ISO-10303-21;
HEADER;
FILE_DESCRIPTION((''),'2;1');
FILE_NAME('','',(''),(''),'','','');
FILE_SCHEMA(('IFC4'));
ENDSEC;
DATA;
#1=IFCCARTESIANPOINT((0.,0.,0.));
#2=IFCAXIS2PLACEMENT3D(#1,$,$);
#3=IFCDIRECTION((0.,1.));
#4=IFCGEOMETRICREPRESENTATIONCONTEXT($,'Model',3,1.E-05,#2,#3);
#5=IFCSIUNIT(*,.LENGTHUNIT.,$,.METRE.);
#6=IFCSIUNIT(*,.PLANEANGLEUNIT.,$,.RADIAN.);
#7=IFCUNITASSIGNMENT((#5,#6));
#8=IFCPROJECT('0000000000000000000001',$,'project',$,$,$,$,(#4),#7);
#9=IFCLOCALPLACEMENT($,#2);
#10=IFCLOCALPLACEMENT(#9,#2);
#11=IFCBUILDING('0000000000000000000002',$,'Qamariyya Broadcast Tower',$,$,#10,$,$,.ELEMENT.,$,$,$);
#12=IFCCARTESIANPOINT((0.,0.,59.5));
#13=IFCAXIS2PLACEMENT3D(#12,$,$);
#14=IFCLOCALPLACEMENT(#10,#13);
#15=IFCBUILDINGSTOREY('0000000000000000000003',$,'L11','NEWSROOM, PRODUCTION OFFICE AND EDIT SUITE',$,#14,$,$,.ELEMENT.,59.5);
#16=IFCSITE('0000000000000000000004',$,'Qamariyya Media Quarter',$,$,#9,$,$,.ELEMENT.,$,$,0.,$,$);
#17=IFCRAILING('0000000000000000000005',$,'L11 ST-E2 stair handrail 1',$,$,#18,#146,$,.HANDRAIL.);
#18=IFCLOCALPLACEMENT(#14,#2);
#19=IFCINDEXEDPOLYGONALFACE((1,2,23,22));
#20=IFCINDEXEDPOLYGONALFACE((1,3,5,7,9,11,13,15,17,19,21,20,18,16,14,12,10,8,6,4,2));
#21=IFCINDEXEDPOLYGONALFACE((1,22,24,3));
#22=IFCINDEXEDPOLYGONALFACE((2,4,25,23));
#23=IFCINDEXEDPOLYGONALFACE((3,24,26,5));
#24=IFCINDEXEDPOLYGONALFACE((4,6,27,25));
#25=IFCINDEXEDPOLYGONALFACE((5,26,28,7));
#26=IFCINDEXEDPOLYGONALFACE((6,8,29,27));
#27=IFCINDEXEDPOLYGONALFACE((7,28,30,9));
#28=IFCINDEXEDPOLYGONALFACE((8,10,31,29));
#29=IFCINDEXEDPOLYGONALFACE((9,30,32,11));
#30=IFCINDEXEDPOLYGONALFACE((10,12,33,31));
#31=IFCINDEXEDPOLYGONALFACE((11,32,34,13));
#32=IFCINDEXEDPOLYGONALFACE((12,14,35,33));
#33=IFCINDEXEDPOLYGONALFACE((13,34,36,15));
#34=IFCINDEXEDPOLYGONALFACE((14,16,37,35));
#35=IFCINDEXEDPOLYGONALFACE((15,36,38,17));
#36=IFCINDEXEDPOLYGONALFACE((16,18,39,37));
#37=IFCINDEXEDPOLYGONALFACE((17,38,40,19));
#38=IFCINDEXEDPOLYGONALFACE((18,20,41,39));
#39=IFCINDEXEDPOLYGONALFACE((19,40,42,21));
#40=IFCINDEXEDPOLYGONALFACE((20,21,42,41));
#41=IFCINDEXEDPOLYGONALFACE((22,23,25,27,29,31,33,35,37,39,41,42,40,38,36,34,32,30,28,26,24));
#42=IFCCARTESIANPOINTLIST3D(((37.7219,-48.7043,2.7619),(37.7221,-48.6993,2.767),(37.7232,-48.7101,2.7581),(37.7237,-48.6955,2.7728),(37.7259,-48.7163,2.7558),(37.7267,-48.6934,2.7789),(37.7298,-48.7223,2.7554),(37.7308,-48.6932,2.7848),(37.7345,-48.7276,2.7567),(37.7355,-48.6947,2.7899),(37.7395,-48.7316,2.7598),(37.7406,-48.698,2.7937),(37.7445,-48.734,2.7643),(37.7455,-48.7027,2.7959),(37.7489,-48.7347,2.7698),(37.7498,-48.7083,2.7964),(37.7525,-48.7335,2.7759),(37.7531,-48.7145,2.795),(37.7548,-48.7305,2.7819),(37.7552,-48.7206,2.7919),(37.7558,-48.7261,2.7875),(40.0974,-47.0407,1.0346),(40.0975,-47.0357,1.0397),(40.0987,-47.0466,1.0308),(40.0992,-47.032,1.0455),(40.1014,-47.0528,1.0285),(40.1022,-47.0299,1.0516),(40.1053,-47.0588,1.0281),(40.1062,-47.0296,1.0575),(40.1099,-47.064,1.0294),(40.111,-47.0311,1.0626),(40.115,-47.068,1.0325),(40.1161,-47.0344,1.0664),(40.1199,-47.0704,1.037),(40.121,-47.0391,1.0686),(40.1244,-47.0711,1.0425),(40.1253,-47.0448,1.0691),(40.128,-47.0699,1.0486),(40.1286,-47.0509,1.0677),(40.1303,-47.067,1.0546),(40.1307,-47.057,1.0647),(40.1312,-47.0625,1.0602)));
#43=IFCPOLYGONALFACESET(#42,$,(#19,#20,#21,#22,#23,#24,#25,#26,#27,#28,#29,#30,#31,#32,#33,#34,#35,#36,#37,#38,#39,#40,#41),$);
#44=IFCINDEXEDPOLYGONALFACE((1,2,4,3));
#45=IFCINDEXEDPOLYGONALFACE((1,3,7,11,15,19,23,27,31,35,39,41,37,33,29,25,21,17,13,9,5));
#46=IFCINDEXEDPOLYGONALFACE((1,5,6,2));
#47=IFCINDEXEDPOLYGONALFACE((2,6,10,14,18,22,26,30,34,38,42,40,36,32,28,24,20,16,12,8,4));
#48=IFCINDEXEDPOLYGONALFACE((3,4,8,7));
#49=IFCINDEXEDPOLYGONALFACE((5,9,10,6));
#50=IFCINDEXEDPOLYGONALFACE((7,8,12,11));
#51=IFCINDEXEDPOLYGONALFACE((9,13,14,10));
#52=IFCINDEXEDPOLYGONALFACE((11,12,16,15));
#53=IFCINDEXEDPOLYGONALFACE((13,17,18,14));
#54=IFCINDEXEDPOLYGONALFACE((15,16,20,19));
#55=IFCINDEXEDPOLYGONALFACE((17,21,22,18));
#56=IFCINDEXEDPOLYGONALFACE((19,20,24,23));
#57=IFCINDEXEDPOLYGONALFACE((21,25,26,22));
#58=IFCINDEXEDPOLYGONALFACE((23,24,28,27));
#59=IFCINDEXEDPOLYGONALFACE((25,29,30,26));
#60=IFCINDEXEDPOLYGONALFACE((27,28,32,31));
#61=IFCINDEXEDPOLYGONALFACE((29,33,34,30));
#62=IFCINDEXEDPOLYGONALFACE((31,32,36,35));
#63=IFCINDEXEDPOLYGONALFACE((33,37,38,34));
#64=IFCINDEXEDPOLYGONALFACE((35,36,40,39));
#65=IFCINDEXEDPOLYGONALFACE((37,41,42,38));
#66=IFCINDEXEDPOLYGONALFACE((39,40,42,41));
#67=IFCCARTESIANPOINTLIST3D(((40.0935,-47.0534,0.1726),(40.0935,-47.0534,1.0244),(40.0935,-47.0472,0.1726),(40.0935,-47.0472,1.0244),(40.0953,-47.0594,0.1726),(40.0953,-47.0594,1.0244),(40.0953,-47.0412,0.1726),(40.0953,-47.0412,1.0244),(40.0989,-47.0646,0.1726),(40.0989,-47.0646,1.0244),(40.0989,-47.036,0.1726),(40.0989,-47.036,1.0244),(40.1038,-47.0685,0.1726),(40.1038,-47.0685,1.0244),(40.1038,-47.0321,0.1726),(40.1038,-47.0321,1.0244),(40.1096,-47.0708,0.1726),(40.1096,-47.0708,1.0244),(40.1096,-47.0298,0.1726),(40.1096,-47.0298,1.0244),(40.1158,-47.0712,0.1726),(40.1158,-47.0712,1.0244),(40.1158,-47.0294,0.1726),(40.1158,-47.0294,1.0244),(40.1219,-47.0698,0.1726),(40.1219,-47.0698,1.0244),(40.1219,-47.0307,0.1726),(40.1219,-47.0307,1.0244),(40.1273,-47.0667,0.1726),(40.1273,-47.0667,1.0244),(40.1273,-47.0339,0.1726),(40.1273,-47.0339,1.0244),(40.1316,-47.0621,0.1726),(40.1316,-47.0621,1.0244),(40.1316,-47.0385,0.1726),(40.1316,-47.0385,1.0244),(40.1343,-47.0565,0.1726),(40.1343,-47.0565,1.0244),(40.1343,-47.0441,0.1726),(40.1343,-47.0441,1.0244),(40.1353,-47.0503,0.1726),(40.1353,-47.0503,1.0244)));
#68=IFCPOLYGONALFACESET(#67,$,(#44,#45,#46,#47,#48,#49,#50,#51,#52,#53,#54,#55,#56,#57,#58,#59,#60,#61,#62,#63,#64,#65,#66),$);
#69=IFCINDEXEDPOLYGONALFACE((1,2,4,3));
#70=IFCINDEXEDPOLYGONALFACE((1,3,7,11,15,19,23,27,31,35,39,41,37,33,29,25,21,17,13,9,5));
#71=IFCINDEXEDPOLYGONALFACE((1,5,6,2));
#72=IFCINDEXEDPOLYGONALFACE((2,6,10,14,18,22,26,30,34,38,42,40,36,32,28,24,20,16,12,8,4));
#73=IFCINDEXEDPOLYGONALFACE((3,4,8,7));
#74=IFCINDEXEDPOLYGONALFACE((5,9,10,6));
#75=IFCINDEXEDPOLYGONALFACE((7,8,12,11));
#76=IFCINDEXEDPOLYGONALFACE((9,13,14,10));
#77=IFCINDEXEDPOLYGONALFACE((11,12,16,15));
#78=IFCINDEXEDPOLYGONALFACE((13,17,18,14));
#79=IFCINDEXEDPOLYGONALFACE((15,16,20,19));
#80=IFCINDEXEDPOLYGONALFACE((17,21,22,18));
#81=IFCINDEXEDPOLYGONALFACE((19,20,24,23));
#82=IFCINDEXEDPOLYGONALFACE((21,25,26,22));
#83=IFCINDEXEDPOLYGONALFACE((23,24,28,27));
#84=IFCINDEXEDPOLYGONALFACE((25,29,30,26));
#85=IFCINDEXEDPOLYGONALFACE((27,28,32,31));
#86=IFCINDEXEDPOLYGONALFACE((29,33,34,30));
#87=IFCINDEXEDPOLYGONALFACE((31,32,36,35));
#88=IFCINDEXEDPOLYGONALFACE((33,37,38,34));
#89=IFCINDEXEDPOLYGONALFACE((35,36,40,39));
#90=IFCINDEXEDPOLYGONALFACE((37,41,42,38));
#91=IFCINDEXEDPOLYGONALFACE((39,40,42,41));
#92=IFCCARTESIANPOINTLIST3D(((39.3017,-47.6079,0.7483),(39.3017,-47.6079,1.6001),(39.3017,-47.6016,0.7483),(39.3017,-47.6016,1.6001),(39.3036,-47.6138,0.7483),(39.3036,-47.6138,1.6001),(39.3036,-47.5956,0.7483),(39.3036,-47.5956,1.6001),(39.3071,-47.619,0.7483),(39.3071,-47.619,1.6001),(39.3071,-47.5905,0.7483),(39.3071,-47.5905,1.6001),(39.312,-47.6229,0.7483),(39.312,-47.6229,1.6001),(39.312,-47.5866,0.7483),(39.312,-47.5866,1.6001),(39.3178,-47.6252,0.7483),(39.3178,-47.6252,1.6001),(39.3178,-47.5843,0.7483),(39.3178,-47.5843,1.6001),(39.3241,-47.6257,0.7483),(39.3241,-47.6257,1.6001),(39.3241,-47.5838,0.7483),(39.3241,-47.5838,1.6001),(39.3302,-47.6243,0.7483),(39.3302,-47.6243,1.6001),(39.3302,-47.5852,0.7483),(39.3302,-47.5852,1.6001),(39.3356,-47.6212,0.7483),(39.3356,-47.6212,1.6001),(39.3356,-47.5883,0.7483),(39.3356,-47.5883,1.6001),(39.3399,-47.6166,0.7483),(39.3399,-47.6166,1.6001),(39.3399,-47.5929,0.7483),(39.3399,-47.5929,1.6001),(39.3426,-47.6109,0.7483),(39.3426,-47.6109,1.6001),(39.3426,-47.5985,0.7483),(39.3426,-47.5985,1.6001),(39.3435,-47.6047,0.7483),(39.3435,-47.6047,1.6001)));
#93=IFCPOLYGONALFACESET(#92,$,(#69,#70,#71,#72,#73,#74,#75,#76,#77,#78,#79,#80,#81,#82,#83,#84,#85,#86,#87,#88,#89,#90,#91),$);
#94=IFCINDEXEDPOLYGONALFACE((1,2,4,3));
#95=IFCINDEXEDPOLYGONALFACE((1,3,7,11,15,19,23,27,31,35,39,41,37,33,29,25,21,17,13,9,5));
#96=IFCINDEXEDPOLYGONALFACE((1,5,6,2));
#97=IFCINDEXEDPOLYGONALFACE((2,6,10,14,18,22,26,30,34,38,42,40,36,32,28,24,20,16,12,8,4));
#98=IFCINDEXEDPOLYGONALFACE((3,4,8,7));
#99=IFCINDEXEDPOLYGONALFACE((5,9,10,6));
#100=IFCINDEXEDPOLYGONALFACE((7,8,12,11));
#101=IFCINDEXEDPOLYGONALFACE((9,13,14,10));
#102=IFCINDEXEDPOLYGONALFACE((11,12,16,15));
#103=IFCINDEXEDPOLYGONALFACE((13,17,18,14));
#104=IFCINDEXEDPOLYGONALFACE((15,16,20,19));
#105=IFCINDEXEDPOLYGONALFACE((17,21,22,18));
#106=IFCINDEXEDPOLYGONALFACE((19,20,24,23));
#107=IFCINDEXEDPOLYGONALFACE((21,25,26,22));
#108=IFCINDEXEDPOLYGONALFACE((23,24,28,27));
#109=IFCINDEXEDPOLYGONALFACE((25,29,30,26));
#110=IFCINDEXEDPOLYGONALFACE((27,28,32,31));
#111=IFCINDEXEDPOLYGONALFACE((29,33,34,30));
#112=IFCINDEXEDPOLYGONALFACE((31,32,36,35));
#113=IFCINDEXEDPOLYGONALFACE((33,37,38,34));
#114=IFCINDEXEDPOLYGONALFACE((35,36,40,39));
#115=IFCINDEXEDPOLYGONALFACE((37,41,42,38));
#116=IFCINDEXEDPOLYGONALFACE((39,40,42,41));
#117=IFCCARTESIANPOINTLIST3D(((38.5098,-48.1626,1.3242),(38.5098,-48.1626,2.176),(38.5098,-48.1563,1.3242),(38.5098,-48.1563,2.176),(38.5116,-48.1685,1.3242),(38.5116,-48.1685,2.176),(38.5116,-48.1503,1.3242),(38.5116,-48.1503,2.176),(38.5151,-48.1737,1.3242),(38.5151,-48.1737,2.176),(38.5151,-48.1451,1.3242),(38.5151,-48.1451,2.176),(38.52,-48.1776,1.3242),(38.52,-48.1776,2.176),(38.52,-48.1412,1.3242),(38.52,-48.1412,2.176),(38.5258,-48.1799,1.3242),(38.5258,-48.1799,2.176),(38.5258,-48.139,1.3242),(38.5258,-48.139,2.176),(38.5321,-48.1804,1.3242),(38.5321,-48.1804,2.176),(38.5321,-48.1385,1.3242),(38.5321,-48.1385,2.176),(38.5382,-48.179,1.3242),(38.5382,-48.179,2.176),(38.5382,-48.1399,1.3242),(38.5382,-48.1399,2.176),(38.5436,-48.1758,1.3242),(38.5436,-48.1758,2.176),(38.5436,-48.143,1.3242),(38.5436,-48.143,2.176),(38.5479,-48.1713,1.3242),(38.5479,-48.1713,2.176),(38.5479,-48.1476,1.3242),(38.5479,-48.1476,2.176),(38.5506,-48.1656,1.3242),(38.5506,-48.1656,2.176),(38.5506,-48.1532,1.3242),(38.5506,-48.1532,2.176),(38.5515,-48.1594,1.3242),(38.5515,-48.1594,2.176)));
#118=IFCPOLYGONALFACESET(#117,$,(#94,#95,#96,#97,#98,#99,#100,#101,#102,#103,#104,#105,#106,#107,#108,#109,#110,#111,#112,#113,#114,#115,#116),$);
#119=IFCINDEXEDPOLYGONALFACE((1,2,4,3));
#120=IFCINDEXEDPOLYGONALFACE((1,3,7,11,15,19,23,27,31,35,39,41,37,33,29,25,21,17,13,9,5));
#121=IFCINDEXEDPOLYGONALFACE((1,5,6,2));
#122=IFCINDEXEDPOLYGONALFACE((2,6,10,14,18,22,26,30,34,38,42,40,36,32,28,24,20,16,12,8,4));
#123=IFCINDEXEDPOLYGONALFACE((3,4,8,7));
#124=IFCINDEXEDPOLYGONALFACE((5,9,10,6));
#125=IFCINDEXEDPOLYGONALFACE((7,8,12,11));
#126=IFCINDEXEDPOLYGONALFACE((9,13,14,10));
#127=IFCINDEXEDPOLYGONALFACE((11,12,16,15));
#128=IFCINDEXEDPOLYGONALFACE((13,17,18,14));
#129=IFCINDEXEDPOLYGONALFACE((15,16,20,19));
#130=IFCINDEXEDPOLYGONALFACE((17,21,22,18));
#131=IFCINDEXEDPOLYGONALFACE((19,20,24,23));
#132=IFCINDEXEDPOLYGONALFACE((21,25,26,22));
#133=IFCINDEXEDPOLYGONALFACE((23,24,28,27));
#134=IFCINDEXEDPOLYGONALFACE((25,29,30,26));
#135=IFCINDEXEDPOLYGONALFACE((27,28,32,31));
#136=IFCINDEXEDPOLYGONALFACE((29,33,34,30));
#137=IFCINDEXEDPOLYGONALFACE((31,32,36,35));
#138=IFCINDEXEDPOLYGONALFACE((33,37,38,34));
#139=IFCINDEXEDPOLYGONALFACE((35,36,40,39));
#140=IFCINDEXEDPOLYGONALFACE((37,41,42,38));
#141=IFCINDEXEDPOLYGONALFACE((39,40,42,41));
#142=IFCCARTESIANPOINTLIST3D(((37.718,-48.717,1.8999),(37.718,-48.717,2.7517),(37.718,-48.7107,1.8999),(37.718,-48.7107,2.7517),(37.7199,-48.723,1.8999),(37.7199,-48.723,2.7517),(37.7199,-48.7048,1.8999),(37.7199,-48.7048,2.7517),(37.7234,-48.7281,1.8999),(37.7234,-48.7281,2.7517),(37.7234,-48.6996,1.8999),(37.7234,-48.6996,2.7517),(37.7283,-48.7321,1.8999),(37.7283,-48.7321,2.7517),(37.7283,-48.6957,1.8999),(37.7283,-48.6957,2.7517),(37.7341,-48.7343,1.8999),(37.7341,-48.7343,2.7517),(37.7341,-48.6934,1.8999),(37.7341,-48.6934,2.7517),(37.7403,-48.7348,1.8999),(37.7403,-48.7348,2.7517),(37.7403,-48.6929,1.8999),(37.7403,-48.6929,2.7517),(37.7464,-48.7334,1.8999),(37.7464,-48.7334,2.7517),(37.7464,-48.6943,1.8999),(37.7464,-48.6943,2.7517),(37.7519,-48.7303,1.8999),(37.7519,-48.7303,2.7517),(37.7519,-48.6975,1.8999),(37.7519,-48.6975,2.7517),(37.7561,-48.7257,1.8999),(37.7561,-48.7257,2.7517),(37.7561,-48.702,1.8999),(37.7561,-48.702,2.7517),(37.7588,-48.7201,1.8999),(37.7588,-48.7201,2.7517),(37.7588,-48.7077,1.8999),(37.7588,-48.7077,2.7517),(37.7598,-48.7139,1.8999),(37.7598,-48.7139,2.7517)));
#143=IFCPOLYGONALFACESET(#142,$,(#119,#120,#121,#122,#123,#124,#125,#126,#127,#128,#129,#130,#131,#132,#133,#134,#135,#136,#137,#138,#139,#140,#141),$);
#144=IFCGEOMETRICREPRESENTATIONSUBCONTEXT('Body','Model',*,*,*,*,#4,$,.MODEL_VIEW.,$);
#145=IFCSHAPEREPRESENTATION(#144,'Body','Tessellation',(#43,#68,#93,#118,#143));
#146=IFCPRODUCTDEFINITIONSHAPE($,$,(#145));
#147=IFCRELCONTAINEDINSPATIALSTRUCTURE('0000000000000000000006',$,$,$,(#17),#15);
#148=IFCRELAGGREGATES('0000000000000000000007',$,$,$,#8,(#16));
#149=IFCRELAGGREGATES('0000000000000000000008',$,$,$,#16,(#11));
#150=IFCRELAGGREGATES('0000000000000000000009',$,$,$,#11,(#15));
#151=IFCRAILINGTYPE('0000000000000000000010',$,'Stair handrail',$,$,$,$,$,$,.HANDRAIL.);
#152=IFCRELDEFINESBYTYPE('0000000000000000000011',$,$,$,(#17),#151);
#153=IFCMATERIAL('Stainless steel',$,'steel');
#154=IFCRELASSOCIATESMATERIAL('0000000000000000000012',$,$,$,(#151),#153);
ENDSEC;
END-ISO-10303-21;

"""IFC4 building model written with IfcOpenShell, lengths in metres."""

from ifc_helpers import new_model, si_unit, direction, frame, origin, origin_2d, place, context, subcontext, project, spatial, circle, extrude, material, type_object, element, save


model = new_model("IFC4")

# Units and contexts
model_context = context("Model", 3, precision=1e-05, world=origin(), true_north=direction((0.0, 1.0)))
body_context = subcontext(model_context, "Body", "Model", "MODEL_VIEW")
ifc_project = project(units=[si_unit("LENGTHUNIT", "METRE"), si_unit("PLANEANGLEUNIT", "RADIAN")], contexts=[model_context])

# Site, building, storey
site_placement = place(None, origin())
site = spatial("IfcSite", under=ifc_project, at=site_placement, Name="Qamariyya Media Quarter", CompositionType="ELEMENT", RefElevation=0.0)
building_placement = place(site_placement, origin())
building = spatial("IfcBuilding", under=site, at=building_placement, Name="Qamariyya Broadcast Tower", CompositionType="ELEMENT")
storey_placement = place(building_placement, frame((0.0, 0.0, 59.5)))
storey = spatial("IfcBuildingStorey", under=building, at=storey_placement, Name="L11", Description="NEWSROOM, PRODUCTION OFFICE AND EDIT SUITE", CompositionType="ELEMENT", Elevation=59.5)

# Railing
ifc_material_1 = material(Name="Stainless steel", Category="steel")
railing_type_1 = type_object("IfcRailingType", Name="Stair handrail", PredefinedType="HANDRAIL", material=ifc_material_1)
railing_1_placement = place(storey_placement, frame((40.1143, -47.0503, 0.1726)))
element("IfcRailing", 1, at=railing_1_placement, inside=storey, type_object=railing_type_1, Name="L11 ST-E2 stair handrail 1", PredefinedType="HANDRAIL", context=body_context, shape_type="SweptSolid", body=[
    extrude(circle(Radius=0.0239, at=origin_2d()), frame((0.0, 0.0, 0.876), z_axis=(-0.703745, -0.492838, 0.511716), x_axis=(0.573632, -0.819113, 0.0)), (0.0, 0.0, 1.0), 3.3755),
    extrude(circle(Radius=0.021, at=origin_2d()), origin(), (0.0, 0.0, 1.0), 0.8518),
    extrude(circle(Radius=0.021, at=origin_2d()), frame((-0.7917, -0.5544, 0.5757)), (0.0, 0.0, 1.0), 0.8518),
    extrude(circle(Radius=0.021, at=origin_2d()), frame((-1.5837, -1.1091, 1.1516)), (0.0, 0.0, 1.0), 0.8518),
    extrude(circle(Radius=0.021, at=origin_2d()), frame((-2.3755, -1.6636, 1.7273)), (0.0, 0.0, 1.0), 0.8518),
])

save(model, "model.ifc")
